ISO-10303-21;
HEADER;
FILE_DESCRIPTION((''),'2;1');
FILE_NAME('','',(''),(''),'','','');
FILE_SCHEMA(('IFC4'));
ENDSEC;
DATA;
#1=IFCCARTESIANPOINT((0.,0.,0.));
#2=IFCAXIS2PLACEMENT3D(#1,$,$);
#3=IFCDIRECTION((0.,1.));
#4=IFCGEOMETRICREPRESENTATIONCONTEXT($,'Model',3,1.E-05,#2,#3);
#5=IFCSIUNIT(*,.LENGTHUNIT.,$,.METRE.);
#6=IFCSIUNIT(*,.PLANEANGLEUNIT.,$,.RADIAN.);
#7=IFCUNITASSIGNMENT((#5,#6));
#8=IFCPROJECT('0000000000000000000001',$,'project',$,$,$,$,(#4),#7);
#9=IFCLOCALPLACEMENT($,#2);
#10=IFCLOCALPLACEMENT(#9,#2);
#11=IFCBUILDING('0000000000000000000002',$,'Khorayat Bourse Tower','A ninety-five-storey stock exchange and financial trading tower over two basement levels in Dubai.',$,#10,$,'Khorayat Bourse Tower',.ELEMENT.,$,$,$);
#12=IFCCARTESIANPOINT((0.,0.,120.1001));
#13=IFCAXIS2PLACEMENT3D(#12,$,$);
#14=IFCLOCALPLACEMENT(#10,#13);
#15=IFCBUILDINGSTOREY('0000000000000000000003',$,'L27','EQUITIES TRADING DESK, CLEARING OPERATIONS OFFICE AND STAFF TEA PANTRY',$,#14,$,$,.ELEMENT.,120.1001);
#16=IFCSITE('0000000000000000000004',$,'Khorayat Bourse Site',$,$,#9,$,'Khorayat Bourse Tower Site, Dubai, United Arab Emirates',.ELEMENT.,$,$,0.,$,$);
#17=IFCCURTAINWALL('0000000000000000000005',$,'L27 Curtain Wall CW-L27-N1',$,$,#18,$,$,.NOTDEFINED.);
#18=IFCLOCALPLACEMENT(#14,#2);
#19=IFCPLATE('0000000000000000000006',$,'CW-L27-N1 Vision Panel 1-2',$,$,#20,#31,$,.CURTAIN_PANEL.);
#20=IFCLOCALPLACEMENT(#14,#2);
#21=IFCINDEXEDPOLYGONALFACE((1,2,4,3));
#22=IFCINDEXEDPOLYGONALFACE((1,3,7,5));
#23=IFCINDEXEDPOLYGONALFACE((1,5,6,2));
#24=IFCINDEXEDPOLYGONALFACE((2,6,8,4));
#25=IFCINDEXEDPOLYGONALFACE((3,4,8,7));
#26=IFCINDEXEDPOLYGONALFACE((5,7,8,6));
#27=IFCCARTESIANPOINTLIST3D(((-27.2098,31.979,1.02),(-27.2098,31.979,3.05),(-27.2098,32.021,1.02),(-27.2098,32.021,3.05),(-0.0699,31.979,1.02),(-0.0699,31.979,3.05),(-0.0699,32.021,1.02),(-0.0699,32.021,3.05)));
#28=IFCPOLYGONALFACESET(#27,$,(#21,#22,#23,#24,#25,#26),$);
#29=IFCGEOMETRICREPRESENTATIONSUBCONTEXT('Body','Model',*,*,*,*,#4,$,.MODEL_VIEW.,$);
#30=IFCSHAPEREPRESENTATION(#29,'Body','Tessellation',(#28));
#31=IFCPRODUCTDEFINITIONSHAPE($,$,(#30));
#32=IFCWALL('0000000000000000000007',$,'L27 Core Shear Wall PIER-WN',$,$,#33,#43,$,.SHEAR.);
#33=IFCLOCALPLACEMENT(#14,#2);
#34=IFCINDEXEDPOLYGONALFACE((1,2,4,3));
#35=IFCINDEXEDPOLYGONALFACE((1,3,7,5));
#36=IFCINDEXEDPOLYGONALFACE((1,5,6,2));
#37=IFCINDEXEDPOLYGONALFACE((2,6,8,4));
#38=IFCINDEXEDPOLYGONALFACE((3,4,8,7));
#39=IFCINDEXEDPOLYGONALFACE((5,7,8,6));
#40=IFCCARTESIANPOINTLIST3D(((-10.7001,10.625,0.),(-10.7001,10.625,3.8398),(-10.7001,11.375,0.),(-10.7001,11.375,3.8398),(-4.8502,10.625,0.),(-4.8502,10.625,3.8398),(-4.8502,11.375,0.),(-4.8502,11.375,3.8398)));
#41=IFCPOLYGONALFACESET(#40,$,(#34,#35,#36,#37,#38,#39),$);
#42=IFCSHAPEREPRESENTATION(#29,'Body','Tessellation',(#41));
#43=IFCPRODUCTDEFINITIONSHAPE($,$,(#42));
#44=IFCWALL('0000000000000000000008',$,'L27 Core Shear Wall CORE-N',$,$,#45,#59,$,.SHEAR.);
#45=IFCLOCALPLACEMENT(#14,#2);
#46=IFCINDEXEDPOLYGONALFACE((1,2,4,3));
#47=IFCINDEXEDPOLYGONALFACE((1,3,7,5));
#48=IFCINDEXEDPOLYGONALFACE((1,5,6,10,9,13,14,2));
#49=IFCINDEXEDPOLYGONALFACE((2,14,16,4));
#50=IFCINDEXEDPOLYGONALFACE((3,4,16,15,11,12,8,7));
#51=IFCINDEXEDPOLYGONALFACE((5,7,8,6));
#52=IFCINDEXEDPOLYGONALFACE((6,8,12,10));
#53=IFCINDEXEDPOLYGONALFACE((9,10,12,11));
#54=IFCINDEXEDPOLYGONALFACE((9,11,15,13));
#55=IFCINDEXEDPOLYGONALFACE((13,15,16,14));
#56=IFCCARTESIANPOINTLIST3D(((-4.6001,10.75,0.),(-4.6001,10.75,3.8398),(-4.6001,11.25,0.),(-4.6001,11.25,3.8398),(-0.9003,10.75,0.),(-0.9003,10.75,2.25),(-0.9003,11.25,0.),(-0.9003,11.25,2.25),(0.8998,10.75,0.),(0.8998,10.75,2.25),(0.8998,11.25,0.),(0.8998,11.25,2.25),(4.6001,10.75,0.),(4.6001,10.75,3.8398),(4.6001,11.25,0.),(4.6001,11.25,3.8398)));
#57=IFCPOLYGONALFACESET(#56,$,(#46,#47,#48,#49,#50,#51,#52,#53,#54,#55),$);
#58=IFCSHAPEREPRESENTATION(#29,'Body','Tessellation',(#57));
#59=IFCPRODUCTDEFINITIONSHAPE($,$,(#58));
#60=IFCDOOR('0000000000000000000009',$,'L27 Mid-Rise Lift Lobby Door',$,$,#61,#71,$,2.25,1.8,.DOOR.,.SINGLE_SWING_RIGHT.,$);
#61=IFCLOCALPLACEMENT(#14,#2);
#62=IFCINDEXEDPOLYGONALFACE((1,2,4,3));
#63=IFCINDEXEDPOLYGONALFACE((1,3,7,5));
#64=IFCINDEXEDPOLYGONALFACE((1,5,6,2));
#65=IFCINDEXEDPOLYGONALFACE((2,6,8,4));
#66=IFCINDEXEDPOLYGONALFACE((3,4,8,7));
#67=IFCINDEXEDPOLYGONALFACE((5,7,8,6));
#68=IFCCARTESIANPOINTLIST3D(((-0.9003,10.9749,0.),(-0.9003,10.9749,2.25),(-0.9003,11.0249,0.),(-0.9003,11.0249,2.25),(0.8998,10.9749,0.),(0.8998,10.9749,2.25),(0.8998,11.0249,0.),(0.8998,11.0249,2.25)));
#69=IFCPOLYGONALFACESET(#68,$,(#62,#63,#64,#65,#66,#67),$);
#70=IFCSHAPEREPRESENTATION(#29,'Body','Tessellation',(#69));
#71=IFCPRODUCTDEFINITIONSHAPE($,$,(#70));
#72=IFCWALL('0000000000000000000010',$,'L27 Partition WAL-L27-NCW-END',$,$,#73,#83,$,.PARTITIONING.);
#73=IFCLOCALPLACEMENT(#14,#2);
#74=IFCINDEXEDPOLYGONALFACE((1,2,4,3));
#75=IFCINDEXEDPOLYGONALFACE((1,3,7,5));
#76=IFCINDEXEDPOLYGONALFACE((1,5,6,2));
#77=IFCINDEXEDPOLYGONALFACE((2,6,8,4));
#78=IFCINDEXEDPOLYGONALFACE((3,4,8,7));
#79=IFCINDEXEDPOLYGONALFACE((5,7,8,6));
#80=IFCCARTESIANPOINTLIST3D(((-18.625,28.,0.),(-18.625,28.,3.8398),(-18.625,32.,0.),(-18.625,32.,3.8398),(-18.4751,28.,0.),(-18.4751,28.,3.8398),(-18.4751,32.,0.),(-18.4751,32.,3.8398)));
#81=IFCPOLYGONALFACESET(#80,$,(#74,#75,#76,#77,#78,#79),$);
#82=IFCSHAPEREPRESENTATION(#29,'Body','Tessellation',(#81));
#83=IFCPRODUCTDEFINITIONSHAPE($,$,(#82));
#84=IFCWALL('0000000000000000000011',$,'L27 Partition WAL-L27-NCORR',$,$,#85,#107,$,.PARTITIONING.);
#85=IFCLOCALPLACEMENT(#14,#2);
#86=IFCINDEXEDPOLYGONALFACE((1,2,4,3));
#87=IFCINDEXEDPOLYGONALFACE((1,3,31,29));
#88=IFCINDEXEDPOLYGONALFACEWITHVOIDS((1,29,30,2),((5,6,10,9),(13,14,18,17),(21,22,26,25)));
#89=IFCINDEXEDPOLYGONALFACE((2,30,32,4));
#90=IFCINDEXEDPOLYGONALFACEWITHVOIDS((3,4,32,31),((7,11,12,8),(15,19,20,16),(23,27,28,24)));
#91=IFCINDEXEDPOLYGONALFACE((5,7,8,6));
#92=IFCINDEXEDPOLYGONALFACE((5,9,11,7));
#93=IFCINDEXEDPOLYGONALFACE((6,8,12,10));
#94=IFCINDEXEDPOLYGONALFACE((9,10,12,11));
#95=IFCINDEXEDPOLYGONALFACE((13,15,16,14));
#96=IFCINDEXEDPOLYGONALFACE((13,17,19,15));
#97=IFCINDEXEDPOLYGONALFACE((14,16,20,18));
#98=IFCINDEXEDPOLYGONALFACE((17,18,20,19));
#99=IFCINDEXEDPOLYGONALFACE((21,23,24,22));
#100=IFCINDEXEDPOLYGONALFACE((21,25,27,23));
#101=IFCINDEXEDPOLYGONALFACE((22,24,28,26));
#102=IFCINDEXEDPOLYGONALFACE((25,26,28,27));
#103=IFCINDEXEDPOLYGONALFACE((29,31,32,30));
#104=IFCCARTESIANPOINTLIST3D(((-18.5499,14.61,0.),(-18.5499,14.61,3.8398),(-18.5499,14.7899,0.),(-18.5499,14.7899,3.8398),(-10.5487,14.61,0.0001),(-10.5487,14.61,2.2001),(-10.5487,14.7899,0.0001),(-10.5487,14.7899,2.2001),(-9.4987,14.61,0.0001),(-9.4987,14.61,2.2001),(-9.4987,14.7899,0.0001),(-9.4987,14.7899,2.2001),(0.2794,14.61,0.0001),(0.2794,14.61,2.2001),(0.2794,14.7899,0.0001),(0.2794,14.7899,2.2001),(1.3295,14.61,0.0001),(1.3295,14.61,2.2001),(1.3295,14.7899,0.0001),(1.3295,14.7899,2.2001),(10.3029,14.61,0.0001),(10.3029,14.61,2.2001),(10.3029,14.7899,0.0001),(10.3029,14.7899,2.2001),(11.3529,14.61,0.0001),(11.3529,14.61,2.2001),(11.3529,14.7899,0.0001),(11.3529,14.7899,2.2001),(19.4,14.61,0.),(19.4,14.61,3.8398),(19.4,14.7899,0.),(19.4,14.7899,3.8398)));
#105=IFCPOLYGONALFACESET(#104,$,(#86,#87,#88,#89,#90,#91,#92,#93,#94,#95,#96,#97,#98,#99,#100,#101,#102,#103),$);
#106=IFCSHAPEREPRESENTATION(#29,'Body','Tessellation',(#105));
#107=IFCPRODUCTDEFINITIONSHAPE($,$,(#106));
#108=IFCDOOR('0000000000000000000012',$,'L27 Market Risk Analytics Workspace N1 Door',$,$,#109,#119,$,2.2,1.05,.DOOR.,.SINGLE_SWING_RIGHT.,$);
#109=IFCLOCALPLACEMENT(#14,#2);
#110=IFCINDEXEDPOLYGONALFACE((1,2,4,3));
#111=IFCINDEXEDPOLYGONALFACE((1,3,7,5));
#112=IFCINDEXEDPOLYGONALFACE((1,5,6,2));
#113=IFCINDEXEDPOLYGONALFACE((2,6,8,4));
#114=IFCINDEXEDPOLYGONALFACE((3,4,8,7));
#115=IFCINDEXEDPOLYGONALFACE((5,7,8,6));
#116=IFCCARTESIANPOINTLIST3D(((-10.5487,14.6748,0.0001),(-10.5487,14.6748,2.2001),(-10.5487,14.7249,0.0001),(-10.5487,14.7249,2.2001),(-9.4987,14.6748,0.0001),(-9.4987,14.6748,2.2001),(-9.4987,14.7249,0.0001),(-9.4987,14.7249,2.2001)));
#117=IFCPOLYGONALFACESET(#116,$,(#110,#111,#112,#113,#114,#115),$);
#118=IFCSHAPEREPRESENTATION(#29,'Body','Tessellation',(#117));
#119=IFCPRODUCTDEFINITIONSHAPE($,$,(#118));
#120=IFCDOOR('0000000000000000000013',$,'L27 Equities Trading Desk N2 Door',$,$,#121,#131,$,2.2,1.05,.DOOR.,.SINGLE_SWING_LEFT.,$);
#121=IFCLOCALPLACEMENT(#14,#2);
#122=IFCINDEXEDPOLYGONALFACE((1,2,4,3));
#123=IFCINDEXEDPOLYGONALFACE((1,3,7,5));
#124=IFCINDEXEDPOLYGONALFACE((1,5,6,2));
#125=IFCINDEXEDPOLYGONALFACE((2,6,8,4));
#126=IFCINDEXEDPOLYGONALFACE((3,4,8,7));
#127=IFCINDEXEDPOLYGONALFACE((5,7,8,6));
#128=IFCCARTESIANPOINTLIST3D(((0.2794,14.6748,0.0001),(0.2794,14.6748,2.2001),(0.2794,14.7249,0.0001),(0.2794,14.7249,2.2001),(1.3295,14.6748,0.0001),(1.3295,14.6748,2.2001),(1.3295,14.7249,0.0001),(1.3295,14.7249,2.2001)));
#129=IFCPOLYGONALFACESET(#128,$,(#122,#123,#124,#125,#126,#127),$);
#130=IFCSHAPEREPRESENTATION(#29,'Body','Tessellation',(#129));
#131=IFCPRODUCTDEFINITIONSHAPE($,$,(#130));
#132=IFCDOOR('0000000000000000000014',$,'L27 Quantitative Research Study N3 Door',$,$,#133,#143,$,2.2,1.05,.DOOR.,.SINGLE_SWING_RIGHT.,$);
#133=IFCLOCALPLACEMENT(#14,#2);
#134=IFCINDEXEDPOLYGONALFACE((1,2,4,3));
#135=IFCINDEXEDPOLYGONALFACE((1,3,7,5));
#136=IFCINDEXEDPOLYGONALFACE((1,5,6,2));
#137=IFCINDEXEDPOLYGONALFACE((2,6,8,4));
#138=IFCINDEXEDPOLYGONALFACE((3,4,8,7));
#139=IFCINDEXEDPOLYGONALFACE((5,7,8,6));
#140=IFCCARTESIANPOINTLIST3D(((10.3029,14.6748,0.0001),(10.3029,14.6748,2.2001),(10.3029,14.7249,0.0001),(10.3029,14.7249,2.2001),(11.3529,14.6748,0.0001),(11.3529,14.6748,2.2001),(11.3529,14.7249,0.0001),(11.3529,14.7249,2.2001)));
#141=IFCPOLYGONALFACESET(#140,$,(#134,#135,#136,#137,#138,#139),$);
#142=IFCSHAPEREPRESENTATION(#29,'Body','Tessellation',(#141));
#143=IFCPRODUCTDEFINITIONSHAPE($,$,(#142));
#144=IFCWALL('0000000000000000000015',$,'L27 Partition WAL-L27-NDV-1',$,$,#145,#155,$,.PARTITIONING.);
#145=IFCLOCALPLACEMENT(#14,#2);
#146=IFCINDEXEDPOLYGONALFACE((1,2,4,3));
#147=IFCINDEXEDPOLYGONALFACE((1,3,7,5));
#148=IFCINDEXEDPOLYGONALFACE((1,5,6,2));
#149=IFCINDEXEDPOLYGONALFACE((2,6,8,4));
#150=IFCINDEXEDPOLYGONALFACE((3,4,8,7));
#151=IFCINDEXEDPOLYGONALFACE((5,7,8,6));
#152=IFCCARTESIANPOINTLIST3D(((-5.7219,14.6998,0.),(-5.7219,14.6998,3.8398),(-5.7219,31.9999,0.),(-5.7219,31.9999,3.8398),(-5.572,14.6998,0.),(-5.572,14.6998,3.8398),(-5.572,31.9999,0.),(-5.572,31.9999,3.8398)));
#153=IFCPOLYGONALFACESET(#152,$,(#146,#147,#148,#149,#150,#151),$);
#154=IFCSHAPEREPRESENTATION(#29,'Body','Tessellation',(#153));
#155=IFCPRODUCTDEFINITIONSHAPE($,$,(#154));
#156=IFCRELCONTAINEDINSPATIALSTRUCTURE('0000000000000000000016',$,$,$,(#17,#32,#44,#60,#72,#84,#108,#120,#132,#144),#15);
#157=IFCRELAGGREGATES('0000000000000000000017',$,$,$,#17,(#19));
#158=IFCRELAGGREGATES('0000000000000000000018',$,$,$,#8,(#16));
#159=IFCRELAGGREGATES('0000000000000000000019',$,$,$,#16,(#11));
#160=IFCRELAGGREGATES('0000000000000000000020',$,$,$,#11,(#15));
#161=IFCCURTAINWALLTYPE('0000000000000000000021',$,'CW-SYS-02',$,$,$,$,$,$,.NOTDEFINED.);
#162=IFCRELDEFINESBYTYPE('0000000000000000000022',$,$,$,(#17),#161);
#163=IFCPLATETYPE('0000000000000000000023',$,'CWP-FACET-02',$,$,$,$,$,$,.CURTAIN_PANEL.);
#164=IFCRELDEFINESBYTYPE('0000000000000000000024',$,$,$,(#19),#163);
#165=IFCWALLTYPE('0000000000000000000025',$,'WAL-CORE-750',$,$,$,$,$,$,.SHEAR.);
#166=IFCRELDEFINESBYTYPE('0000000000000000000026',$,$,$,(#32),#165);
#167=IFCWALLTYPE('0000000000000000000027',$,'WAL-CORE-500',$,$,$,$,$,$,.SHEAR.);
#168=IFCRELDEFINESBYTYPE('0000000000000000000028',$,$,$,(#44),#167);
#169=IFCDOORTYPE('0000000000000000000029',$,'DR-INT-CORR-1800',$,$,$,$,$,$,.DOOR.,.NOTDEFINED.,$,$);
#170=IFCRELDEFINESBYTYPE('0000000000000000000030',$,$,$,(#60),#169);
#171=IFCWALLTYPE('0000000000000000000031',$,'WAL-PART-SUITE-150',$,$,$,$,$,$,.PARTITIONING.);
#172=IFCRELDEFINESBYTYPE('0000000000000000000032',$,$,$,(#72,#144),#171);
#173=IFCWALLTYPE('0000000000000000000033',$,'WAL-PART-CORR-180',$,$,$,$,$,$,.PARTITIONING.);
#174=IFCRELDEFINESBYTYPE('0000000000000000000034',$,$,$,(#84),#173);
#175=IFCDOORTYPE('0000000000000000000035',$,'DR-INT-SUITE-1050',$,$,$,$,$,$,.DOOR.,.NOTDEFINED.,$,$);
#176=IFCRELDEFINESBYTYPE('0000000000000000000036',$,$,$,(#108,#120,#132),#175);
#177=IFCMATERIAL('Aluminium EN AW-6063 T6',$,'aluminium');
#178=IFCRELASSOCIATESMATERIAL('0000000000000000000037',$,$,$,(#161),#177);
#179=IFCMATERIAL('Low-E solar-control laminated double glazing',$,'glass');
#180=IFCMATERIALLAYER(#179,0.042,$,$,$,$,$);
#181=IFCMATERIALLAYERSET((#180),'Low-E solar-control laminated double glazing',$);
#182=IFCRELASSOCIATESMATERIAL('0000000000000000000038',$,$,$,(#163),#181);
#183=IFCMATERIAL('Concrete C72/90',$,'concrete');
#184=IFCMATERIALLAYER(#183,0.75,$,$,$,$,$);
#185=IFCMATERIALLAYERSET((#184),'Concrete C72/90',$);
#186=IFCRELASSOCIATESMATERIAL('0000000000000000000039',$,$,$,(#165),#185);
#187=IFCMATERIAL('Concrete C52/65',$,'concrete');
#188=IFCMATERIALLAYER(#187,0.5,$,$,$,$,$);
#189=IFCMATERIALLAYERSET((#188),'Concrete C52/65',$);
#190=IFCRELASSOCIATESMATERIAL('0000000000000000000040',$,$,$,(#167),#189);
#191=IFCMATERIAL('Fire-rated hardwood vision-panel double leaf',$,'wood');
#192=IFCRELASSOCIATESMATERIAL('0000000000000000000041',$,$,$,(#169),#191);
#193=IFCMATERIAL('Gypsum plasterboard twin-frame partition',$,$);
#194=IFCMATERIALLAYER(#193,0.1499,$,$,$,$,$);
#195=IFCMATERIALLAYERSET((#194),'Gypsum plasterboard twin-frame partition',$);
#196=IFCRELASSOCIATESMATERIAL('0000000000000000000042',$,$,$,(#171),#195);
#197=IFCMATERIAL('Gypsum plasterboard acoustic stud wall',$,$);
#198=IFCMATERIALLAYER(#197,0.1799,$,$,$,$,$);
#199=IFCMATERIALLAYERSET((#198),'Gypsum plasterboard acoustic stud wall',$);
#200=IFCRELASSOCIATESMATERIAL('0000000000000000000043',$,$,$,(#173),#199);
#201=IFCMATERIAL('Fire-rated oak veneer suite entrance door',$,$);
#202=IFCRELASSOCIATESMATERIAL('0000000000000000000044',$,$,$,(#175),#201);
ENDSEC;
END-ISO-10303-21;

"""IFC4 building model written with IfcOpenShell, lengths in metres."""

from ifc_helpers import new_model, si_unit, direction, frame, frame_2d, origin, origin_2d, place, context, subcontext, project, spatial, rectangle, extrude, source, transform, mapped, material, layer, layer_set, type_object, element, fill, aggregate, save


model = new_model("IFC4")

# Units and contexts
model_context = context("Model", 3, precision=1e-05, world=origin(), true_north=direction((0.0, 1.0)))
body_context = subcontext(model_context, "Body", "Model", "MODEL_VIEW")
ifc_project = project(units=[si_unit("LENGTHUNIT", "METRE"), si_unit("PLANEANGLEUNIT", "RADIAN")], contexts=[model_context])

# Site, building, storey
site_placement = place(None, origin())
site = spatial("IfcSite", under=ifc_project, at=site_placement, Name="Khorayat Bourse Site", LongName="Khorayat Bourse Tower Site, Dubai, United Arab Emirates", CompositionType="ELEMENT", RefElevation=0.0)
building_placement = place(site_placement, origin())
building = spatial("IfcBuilding", under=site, at=building_placement, Name="Khorayat Bourse Tower", Description="A ninety-five-storey stock exchange and financial trading tower over two basement levels in Dubai.", LongName="Khorayat Bourse Tower", CompositionType="ELEMENT")
storey_placement = place(building_placement, frame((0.0, 0.0, 120.1001)))
storey = spatial("IfcBuildingStorey", under=building, at=storey_placement, Name="L27", Description="EQUITIES TRADING DESK, CLEARING OPERATIONS OFFICE AND STAFF TEA PANTRY", CompositionType="ELEMENT", Elevation=120.1001)

# Shared definitions
ifc_material_1 = material(Name="Concrete C72/90", Category="concrete")

# Curtain wall
ifc_material_2 = material(Name="Aluminium EN AW-6063 T6", Category="aluminium")
curtain_wall_type = type_object("IfcCurtainWallType", Name="CW-SYS-02", PredefinedType="NOTDEFINED", material=ifc_material_2)
curtain_wall_placement = place(storey_placement, origin())
curtain_wall = element("IfcCurtainWall", 1, at=curtain_wall_placement, inside=storey, type_object=curtain_wall_type, Name="L27 Curtain Wall CW-L27-N1", PredefinedType="NOTDEFINED")

# Plate
ifc_material_3 = material(Name="Low-E solar-control laminated double glazing", Category="glass")
ifc_layer_1 = layer(ifc_material_3, 0.042)
ifc_layer_set_1 = layer_set([ifc_layer_1], Name="Low-E solar-control laminated double glazing")
plate_type_1 = type_object("IfcPlateType", Name="CWP-FACET-02", PredefinedType="CURTAIN_PANEL", material=ifc_layer_set_1)
shared_shape_1 = source(origin(), body_context, "Body", "SweptSolid", [
    extrude(rectangle(XDim=27.1399, YDim=0.042, at=origin_2d()), origin(), (0.0, 0.0, 1.0), 2.03),
])
plate_1_placement = place(storey_placement, frame((-13.6399, 32.0, 1.02), z_axis=(0.0, 0.0, 1.0), x_axis=(1.0, 0.0, 0.0)))
plate_1 = element("IfcPlate", 2, at=plate_1_placement, type_object=plate_type_1, Name="CW-L27-N1 Vision Panel 1-2", PredefinedType="CURTAIN_PANEL", context=body_context, shape_type="MappedRepresentation", body=[
    mapped(shared_shape_1, transform((0.0, 0.0, 0.0), scale=1.0)),
])
aggregate(curtain_wall, [plate_1])

# Wall
ifc_layer_2 = layer(ifc_material_1, 0.75)
ifc_layer_set_2 = layer_set([ifc_layer_2], Name="Concrete C72/90")
wall_type_1 = type_object("IfcWallType", Name="WAL-CORE-750", PredefinedType="SHEAR", material=ifc_layer_set_2)
shared_shape_2 = source(origin(), body_context, "Body", "SweptSolid", [
    extrude(rectangle(XDim=5.8499, YDim=0.75, at=frame_2d((2.9248, 0.0))), origin(), (0.0, 0.0, 1.0), 3.8398),
])
wall_1_placement = place(storey_placement, frame((-10.7, 11.0, 0.0), z_axis=(0.0, 0.0, 1.0), x_axis=(1.0, 0.0, 0.0)))
element("IfcWall", 3, at=wall_1_placement, inside=storey, type_object=wall_type_1, Name="L27 Core Shear Wall PIER-WN", PredefinedType="SHEAR", context=body_context, shape_type="MappedRepresentation", body=[
    mapped(shared_shape_2, transform((0.0, 0.0, 0.0), scale=1.0)),
])

# Wall, opening, door
ifc_material_4 = material(Name="Concrete C52/65", Category="concrete")
ifc_layer_3 = layer(ifc_material_4, 0.5)
ifc_layer_set_3 = layer_set([ifc_layer_3], Name="Concrete C52/65")
wall_type_2 = type_object("IfcWallType", Name="WAL-CORE-500", PredefinedType="SHEAR", material=ifc_layer_set_3)
shared_shape_3 = source(origin(), body_context, "Body", "SweptSolid", [
    extrude(rectangle(XDim=9.2002, YDim=0.5, at=frame_2d((4.6001, 0.0))), origin(), (0.0, 0.0, 1.0), 3.8398),
])
wall_2_placement = place(storey_placement, frame((-4.6001, 11.0, 0.0), z_axis=(0.0, 0.0, 1.0), x_axis=(1.0, 0.0, 0.0)))
wall_2 = element("IfcWall", 4, at=wall_2_placement, inside=storey, type_object=wall_type_2, Name="L27 Core Shear Wall CORE-N", PredefinedType="SHEAR", context=body_context, shape_type="MappedRepresentation", body=[
    mapped(shared_shape_3, transform((0.0, 0.0, 0.0), scale=1.0)),
])
shared_shape_4 = source(origin(), body_context, "Body", "SweptSolid", [
    extrude(rectangle(XDim=1.8, YDim=2.25, at=frame_2d((0.8999, 1.125))), frame((0.0, 0.26, 0.0), z_axis=(0.0, -1.0, 0.0), x_axis=(1.0, 0.0, 0.0)), (0.0, 0.0, 1.0), 0.52),
])
opening_1_placement = place(wall_2_placement, frame((3.7, 0.0, 0.0)))
opening_1 = element("IfcOpeningElement", 5, at=opening_1_placement, cuts=wall_2, PredefinedType="OPENING", context=body_context, shape_type="MappedRepresentation", body=[
    mapped(shared_shape_4, transform((0.0, 0.0, 0.0), scale=1.0)),
])
ifc_material_5 = material(Name="Fire-rated hardwood vision-panel double leaf", Category="wood")
door_type_1 = type_object("IfcDoorType", Name="DR-INT-CORR-1800", OperationType="NOTDEFINED", PredefinedType="DOOR", material=ifc_material_5)
shared_shape_5 = source(origin(), body_context, "Body", "SweptSolid", [
    extrude(rectangle(XDim=1.8, YDim=2.25, at=frame_2d((0.8999, 1.125))), frame((0.0, 0.0249, 0.0), z_axis=(0.0, -1.0, 0.0), x_axis=(1.0, 0.0, 0.0)), (0.0, 0.0, 1.0), 0.05),
])
door_1_placement = place(opening_1_placement, origin())
door_1 = element("IfcDoor", 6, at=door_1_placement, inside=storey, type_object=door_type_1, Name="L27 Mid-Rise Lift Lobby Door", OperationType="SINGLE_SWING_RIGHT", OverallHeight=2.25, OverallWidth=1.8, PredefinedType="DOOR", context=body_context, shape_type="MappedRepresentation", body=[
    mapped(shared_shape_5, transform((0.0, 0.0, 0.0), scale=1.0)),
])
fill(opening_1, door_1)

# Wall
ifc_material_6 = material(Name="Gypsum plasterboard twin-frame partition")
ifc_layer_4 = layer(ifc_material_6, 0.1499)
ifc_layer_set_4 = layer_set([ifc_layer_4], Name="Gypsum plasterboard twin-frame partition")
wall_type_3 = type_object("IfcWallType", Name="WAL-PART-SUITE-150", PredefinedType="PARTITIONING", material=ifc_layer_set_4)
shared_shape_6 = source(origin(), body_context, "Body", "SweptSolid", [
    extrude(rectangle(XDim=4.0, YDim=0.1499, at=frame_2d((2.0, 0.0))), origin(), (0.0, 0.0, 1.0), 3.8398),
])
wall_3_placement = place(storey_placement, frame((-18.55, 28.0, 0.0), z_axis=(0.0, 0.0, 1.0), x_axis=(0.0, 1.0, 0.0)))
element("IfcWall", 7, at=wall_3_placement, inside=storey, type_object=wall_type_3, Name="L27 Partition WAL-L27-NCW-END", PredefinedType="PARTITIONING", context=body_context, shape_type="MappedRepresentation", body=[
    mapped(shared_shape_6, transform((0.0, 0.0, 0.0), scale=1.0)),
])

# Wall, openings, doors
ifc_material_7 = material(Name="Gypsum plasterboard acoustic stud wall")
ifc_layer_5 = layer(ifc_material_7, 0.1799)
ifc_layer_set_5 = layer_set([ifc_layer_5], Name="Gypsum plasterboard acoustic stud wall")
wall_type_4 = type_object("IfcWallType", Name="WAL-PART-CORR-180", PredefinedType="PARTITIONING", material=ifc_layer_set_5)
shared_shape_7 = source(origin(), body_context, "Body", "SweptSolid", [
    extrude(rectangle(XDim=37.95, YDim=0.1799, at=frame_2d((18.9751, 0.0))), origin(), (0.0, 0.0, 1.0), 3.8398),
])
wall_4_placement = place(storey_placement, frame((-18.55, 14.7, 0.0), z_axis=(0.0, 0.0, 1.0), x_axis=(1.0, 0.0, 0.0)))
wall_4 = element("IfcWall", 8, at=wall_4_placement, inside=storey, type_object=wall_type_4, Name="L27 Partition WAL-L27-NCORR", PredefinedType="PARTITIONING", context=body_context, shape_type="MappedRepresentation", body=[
    mapped(shared_shape_7, transform((0.0, 0.0, 0.0), scale=1.0)),
])
shared_shape_8 = source(origin(), body_context, "Body", "SweptSolid", [
    extrude(rectangle(XDim=1.05, YDim=2.2, at=frame_2d((0.5249, 1.1001))), frame((0.0, 0.0999, 0.0), z_axis=(0.0, -1.0, 0.0), x_axis=(1.0, 0.0, 0.0)), (0.0, 0.0, 1.0), 0.2),
])
opening_2_placement = place(wall_4_placement, frame((8.0015, 0.0, 0.0)))
opening_2 = element("IfcOpeningElement", 9, at=opening_2_placement, cuts=wall_4, PredefinedType="OPENING", context=body_context, shape_type="MappedRepresentation", body=[
    mapped(shared_shape_8, transform((0.0, 0.0, 0.0), scale=1.0)),
])
opening_3_placement = place(wall_4_placement, frame((18.8296, 0.0, 0.0)))
opening_3 = element("IfcOpeningElement", 10, at=opening_3_placement, cuts=wall_4, PredefinedType="OPENING", context=body_context, shape_type="MappedRepresentation", body=[
    mapped(shared_shape_8, transform((0.0, 0.0, 0.0), scale=1.0)),
])
opening_4_placement = place(wall_4_placement, frame((28.853, 0.0, 0.0)))
opening_4 = element("IfcOpeningElement", 11, at=opening_4_placement, cuts=wall_4, PredefinedType="OPENING", context=body_context, shape_type="MappedRepresentation", body=[
    mapped(shared_shape_8, transform((0.0, 0.0, 0.0), scale=1.0)),
])
ifc_material_8 = material(Name="Fire-rated oak veneer suite entrance door")
door_type_2 = type_object("IfcDoorType", Name="DR-INT-SUITE-1050", OperationType="NOTDEFINED", PredefinedType="DOOR", material=ifc_material_8)
shared_shape_9 = source(origin(), body_context, "Body", "SweptSolid", [
    extrude(rectangle(XDim=1.05, YDim=2.2, at=frame_2d((0.5249, 1.1001))), frame((0.0, 0.0249, 0.0), z_axis=(0.0, -1.0, 0.0), x_axis=(1.0, 0.0, 0.0)), (0.0, 0.0, 1.0), 0.05),
])
door_2_placement = place(opening_2_placement, origin())
door_2 = element("IfcDoor", 12, at=door_2_placement, inside=storey, type_object=door_type_2, Name="L27 Market Risk Analytics Workspace N1 Door", OperationType="SINGLE_SWING_RIGHT", OverallHeight=2.2, OverallWidth=1.05, PredefinedType="DOOR", context=body_context, shape_type="MappedRepresentation", body=[
    mapped(shared_shape_9, transform((0.0, 0.0, 0.0), scale=1.0)),
])
fill(opening_2, door_2)
door_3_placement = place(opening_3_placement, origin())
door_3 = element("IfcDoor", 13, at=door_3_placement, inside=storey, type_object=door_type_2, Name="L27 Equities Trading Desk N2 Door", OperationType="SINGLE_SWING_LEFT", OverallHeight=2.2, OverallWidth=1.05, PredefinedType="DOOR", context=body_context, shape_type="MappedRepresentation", body=[
    mapped(shared_shape_9, transform((0.0, 0.0, 0.0), scale=1.0)),
])
fill(opening_3, door_3)
door_4_placement = place(opening_4_placement, origin())
door_4 = element("IfcDoor", 14, at=door_4_placement, inside=storey, type_object=door_type_2, Name="L27 Quantitative Research Study N3 Door", OperationType="SINGLE_SWING_RIGHT", OverallHeight=2.2, OverallWidth=1.05, PredefinedType="DOOR", context=body_context, shape_type="MappedRepresentation", body=[
    mapped(shared_shape_9, transform((0.0, 0.0, 0.0), scale=1.0)),
])
fill(opening_4, door_4)

# Wall
shared_shape_10 = source(origin(), body_context, "Body", "SweptSolid", [
    extrude(rectangle(XDim=17.3, YDim=0.1499, at=frame_2d((8.6499, 0.0))), origin(), (0.0, 0.0, 1.0), 3.8398),
])
wall_5_placement = place(storey_placement, frame((-5.647, 14.7, 0.0), z_axis=(0.0, 0.0, 1.0), x_axis=(0.0, 1.0, 0.0)))
element("IfcWall", 15, at=wall_5_placement, inside=storey, type_object=wall_type_3, Name="L27 Partition WAL-L27-NDV-1", PredefinedType="PARTITIONING", context=body_context, shape_type="MappedRepresentation", body=[
    mapped(shared_shape_10, transform((0.0, 0.0, 0.0), scale=1.0)),
])

save(model, "model.ifc")
